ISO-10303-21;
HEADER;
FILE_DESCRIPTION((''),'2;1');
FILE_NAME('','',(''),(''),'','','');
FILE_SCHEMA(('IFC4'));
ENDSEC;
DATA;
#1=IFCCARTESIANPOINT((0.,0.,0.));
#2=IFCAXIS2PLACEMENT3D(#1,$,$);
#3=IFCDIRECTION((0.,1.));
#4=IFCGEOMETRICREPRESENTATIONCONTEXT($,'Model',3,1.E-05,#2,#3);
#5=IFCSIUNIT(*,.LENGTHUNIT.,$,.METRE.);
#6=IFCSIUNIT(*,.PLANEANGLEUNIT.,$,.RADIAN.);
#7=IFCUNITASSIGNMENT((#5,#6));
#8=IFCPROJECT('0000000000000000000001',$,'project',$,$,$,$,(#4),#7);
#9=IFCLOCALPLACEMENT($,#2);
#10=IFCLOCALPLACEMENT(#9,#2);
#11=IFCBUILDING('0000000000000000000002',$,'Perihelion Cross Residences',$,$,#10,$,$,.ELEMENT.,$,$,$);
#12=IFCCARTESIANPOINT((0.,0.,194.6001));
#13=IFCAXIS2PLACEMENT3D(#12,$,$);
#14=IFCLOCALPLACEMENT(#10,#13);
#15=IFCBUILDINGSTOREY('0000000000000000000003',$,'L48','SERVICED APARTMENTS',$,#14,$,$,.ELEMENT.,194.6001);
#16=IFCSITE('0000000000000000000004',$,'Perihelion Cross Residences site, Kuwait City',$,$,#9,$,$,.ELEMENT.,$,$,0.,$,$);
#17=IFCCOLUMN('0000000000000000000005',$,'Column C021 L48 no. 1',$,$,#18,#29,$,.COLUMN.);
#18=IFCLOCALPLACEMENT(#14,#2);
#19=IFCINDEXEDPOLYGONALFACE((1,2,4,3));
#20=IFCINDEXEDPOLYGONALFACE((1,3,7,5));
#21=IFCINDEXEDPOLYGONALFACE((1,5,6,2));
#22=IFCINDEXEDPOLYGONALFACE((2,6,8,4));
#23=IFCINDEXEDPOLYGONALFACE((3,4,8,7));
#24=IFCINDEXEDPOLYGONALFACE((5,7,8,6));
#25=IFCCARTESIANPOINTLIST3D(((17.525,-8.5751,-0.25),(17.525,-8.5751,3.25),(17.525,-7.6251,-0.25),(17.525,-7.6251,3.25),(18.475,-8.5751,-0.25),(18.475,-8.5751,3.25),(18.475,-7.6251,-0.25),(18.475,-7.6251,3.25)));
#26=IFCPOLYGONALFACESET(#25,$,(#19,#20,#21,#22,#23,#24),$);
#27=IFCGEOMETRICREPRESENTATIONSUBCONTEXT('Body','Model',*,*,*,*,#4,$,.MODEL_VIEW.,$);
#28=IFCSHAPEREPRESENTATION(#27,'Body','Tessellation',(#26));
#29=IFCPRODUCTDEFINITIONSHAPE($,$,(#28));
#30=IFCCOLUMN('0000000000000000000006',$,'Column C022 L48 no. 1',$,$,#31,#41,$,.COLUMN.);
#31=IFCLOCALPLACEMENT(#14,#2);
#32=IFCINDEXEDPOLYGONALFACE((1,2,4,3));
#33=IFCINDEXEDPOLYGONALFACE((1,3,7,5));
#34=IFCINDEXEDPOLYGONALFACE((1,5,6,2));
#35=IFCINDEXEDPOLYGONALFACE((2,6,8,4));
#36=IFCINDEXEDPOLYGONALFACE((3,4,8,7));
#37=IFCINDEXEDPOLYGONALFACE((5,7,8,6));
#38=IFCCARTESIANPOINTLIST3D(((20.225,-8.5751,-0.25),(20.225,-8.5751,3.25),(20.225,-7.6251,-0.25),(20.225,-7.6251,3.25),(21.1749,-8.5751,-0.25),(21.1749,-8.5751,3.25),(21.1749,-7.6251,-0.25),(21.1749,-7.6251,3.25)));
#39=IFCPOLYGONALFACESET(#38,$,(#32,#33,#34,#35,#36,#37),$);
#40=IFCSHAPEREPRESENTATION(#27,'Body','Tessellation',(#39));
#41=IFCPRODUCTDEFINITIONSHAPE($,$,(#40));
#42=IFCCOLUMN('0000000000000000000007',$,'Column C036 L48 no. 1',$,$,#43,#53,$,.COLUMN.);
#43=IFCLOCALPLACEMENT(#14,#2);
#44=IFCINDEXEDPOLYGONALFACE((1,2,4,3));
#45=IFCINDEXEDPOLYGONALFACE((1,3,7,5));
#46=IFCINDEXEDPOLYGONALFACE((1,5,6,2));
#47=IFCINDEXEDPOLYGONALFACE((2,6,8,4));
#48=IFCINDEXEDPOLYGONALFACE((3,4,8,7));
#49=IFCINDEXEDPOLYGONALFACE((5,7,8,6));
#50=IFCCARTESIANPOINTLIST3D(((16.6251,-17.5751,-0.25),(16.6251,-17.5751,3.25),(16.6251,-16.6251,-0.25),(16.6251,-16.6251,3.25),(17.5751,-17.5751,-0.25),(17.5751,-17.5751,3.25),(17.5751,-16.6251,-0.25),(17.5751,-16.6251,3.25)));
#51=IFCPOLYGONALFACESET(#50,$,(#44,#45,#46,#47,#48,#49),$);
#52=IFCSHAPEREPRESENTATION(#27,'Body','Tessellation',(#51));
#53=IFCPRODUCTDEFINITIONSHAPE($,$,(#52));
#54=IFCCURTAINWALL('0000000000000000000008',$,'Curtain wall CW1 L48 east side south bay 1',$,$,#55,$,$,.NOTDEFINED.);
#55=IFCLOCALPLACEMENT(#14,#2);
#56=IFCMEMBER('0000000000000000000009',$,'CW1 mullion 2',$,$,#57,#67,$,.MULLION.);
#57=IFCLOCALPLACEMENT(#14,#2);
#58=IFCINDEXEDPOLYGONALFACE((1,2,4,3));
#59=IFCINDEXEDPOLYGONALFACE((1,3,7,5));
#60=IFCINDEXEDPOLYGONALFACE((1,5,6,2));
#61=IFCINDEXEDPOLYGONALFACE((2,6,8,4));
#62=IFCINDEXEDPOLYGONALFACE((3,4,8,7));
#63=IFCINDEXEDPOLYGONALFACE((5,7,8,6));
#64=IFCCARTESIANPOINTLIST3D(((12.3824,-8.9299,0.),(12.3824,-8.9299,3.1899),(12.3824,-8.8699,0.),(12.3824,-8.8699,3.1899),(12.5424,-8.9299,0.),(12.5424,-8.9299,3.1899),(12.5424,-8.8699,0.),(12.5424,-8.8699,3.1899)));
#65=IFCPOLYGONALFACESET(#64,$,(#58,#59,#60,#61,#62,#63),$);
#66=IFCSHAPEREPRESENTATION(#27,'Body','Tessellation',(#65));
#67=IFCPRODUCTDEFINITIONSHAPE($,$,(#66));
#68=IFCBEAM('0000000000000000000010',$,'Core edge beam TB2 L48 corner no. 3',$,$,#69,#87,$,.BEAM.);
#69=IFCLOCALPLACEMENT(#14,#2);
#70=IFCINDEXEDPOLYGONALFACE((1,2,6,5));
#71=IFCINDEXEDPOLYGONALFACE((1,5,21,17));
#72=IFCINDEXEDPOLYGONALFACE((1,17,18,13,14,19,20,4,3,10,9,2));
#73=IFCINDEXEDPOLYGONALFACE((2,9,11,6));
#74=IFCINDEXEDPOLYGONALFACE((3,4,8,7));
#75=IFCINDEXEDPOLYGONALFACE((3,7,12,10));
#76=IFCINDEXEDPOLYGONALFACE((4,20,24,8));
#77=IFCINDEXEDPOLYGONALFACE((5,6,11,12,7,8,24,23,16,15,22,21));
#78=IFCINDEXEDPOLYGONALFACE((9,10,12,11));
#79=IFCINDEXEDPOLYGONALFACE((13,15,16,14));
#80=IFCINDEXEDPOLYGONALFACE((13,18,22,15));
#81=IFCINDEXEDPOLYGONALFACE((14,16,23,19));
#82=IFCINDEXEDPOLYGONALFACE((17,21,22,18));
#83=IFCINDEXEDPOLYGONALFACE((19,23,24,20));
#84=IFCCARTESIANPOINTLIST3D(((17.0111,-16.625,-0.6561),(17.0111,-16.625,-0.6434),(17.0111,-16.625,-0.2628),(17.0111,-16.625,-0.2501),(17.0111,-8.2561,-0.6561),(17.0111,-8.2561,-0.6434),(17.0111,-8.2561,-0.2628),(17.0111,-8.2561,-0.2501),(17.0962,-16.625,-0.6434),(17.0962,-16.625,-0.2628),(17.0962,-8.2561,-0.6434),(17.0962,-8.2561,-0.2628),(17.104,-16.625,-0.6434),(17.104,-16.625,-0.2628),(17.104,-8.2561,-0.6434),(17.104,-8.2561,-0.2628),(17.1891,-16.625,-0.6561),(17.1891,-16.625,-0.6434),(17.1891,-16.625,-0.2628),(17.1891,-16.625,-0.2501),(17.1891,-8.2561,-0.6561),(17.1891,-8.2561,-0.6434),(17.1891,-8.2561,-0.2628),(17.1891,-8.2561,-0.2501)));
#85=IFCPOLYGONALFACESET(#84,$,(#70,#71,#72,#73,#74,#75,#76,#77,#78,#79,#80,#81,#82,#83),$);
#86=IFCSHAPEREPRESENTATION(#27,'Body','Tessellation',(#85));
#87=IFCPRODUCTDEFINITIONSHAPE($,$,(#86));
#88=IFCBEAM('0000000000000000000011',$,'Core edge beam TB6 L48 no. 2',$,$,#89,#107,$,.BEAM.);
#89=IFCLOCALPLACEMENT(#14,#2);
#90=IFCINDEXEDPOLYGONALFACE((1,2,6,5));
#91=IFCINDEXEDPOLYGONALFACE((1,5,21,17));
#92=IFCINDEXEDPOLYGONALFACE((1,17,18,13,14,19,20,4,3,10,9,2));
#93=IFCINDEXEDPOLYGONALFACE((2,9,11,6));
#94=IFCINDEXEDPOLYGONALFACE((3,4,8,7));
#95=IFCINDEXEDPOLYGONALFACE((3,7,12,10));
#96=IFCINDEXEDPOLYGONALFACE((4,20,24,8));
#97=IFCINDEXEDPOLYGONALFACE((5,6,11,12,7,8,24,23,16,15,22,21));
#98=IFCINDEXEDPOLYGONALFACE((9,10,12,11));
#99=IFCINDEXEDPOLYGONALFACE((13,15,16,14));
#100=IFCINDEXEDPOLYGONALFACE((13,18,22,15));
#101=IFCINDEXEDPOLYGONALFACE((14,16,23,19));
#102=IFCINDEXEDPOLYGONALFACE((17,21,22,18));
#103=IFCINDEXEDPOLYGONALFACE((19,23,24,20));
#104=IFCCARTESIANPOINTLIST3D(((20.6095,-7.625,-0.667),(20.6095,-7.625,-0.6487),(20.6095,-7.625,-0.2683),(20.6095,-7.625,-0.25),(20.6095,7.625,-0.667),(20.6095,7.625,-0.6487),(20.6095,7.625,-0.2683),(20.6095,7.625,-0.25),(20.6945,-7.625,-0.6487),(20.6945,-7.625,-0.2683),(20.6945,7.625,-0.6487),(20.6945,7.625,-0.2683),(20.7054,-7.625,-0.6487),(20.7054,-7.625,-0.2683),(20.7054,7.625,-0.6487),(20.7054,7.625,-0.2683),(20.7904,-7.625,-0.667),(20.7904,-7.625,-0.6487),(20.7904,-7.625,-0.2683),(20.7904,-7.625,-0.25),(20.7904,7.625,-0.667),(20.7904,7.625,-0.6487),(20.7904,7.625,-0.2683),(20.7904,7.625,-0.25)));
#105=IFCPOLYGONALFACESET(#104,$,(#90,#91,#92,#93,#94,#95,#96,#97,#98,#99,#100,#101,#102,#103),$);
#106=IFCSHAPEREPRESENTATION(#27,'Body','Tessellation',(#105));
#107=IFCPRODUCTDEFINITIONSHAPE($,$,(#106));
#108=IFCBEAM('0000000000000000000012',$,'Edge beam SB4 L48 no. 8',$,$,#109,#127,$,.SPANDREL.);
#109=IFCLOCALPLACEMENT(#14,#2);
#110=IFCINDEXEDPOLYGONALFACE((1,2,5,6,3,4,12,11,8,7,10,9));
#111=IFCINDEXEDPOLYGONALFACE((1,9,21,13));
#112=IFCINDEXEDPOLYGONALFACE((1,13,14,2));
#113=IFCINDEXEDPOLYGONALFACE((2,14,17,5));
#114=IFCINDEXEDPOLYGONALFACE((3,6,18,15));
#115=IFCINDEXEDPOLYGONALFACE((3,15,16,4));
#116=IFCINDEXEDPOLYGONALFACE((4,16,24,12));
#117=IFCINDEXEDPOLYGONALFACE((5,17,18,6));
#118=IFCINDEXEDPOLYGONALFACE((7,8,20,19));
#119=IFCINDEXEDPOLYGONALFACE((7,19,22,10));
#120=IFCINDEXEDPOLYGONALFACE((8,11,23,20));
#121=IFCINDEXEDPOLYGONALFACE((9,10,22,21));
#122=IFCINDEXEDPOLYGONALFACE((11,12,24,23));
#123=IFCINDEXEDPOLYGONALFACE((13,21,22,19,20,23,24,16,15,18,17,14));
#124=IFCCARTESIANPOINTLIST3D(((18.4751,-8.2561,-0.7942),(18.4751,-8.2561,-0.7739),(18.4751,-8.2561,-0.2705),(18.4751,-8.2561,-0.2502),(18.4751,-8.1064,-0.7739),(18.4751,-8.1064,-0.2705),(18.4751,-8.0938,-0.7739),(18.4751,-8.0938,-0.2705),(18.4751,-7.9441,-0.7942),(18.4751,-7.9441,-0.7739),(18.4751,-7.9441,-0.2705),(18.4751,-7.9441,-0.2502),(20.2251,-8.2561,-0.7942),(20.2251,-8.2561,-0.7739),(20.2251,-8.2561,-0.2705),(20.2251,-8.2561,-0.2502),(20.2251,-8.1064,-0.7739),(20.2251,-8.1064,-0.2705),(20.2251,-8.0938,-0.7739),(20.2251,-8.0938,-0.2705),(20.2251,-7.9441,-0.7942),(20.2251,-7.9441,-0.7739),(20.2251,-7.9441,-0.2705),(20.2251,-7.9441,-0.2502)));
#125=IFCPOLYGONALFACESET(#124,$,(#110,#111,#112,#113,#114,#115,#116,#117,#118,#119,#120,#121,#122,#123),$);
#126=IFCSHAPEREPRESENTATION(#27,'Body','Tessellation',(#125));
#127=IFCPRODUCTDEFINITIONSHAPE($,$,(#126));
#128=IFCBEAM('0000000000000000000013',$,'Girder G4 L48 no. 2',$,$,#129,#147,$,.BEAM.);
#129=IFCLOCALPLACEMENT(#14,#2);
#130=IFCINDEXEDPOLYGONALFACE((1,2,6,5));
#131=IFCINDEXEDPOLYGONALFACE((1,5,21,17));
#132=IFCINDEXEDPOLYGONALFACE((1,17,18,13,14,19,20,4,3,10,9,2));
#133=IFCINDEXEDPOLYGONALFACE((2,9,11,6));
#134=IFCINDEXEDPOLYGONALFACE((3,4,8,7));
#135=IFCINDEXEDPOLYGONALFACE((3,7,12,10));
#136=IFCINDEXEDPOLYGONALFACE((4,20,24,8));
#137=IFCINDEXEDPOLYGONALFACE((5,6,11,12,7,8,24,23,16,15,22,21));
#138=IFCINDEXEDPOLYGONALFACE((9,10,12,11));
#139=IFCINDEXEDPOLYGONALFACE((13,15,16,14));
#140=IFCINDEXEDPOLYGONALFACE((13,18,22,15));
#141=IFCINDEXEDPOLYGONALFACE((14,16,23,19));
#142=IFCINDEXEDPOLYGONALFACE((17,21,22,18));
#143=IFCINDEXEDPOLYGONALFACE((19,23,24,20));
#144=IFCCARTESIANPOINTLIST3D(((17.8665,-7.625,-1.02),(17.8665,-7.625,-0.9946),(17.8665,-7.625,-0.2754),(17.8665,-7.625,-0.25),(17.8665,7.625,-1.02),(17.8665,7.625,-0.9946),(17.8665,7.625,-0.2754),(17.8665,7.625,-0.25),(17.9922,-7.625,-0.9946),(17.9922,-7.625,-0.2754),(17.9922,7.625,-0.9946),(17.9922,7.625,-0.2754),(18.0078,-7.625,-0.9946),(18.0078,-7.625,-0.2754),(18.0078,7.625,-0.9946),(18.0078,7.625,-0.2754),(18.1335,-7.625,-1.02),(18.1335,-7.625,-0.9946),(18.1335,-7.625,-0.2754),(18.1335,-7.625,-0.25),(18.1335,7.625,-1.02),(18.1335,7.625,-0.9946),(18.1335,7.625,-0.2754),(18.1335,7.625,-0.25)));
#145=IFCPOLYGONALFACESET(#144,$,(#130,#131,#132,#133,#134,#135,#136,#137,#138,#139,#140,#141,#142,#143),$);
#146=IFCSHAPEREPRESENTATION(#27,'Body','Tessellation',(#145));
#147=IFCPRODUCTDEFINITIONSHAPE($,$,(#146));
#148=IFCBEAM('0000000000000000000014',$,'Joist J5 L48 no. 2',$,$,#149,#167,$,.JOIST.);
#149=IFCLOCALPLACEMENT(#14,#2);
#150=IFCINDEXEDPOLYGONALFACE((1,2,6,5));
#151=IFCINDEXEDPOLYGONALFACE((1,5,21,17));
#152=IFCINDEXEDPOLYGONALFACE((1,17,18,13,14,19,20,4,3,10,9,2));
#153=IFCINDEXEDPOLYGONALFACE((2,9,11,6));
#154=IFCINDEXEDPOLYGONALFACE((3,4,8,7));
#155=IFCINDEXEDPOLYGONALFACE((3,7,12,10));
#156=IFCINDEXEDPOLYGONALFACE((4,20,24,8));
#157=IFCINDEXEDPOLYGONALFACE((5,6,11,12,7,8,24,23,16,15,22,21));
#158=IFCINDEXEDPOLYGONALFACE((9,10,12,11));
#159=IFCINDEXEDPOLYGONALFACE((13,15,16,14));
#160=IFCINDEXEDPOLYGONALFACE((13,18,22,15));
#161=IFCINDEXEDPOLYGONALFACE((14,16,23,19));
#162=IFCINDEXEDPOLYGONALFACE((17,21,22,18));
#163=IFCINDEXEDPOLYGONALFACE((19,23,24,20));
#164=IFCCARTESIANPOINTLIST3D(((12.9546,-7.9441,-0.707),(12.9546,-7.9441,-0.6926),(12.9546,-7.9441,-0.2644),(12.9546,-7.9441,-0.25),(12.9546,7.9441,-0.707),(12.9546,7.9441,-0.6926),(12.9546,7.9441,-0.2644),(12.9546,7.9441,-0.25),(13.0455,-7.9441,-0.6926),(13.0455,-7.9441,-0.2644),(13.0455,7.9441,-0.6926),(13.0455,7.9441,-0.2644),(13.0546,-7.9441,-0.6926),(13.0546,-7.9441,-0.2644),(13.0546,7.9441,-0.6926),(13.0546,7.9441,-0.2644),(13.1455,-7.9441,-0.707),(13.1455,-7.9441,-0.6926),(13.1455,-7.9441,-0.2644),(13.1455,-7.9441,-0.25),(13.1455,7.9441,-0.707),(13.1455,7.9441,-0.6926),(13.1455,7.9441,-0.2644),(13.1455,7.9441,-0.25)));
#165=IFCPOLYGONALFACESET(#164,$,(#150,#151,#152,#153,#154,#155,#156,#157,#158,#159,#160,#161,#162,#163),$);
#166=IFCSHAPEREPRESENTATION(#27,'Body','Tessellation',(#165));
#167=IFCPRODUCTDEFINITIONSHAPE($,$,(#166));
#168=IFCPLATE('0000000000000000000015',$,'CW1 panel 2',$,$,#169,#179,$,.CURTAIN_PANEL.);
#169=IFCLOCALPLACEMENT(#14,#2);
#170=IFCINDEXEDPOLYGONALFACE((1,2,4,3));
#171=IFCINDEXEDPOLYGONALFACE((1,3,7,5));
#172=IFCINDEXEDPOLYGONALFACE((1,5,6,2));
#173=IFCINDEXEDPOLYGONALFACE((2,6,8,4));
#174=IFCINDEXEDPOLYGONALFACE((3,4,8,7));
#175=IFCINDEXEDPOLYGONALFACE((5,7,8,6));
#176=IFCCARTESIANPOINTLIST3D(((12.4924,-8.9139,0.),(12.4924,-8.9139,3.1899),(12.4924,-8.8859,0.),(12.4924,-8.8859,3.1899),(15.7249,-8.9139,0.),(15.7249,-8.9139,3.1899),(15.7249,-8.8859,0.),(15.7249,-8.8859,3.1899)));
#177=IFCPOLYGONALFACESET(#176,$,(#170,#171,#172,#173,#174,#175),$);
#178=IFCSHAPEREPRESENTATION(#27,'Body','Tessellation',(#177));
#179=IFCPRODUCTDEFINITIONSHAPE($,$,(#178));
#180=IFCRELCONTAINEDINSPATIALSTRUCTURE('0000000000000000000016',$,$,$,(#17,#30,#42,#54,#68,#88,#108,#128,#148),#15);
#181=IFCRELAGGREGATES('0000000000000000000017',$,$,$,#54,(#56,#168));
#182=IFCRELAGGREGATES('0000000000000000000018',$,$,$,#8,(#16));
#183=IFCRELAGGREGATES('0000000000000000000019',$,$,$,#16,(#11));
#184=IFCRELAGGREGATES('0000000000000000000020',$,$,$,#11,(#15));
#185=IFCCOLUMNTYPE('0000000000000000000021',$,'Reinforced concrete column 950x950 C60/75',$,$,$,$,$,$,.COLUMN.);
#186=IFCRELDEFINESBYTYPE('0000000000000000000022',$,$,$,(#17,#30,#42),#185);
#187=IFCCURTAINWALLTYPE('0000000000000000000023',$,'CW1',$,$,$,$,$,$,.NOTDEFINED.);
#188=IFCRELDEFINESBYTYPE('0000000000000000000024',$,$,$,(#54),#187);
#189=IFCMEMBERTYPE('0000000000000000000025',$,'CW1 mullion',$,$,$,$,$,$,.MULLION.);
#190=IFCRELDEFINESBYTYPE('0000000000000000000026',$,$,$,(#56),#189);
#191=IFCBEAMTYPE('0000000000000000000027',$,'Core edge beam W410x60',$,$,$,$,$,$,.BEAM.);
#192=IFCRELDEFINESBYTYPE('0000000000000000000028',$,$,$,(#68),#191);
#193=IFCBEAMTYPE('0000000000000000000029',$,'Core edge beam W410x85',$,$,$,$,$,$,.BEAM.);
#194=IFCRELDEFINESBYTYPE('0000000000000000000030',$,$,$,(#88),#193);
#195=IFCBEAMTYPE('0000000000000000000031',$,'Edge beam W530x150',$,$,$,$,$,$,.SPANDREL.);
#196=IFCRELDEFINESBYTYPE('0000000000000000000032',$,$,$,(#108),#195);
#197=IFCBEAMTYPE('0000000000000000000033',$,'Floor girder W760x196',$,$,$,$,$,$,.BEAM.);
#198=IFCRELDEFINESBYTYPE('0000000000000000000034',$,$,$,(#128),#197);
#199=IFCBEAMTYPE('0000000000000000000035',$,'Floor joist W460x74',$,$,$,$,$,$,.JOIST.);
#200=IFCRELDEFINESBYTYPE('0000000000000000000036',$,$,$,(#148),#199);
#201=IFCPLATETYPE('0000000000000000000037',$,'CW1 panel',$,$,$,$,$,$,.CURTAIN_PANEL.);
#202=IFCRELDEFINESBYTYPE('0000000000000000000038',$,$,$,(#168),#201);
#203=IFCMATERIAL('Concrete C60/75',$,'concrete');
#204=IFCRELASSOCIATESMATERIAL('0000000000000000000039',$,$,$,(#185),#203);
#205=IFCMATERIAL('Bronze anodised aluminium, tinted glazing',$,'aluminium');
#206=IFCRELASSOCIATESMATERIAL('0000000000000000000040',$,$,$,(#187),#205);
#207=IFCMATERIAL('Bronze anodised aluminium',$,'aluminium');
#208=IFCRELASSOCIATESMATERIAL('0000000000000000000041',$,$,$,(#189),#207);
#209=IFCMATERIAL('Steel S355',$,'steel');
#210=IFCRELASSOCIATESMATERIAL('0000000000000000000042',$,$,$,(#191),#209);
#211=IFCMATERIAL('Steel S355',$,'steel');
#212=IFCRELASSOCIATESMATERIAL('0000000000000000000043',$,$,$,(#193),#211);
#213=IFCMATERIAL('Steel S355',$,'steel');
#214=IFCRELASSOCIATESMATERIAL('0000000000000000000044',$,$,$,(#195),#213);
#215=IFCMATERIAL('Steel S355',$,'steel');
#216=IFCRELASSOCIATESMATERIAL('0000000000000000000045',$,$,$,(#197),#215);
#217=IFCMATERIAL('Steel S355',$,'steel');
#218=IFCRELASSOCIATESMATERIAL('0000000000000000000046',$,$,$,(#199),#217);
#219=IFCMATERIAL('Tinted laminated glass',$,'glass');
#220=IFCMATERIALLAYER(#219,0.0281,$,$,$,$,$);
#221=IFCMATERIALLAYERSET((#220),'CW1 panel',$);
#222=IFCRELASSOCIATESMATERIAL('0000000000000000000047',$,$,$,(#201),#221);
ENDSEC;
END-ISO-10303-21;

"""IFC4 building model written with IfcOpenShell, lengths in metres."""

from ifc_helpers import new_model, si_unit, direction, frame, origin, origin_2d, place, context, subcontext, project, spatial, rectangle, i_section, extrude, material, layer, layer_set, material_profile, profile_set, type_object, element, aggregate, save


model = new_model("IFC4")

# Units and contexts
model_context = context("Model", 3, precision=1e-05, world=origin(), true_north=direction((0.0, 1.0)))
body_context = subcontext(model_context, "Body", "Model", "MODEL_VIEW")
ifc_project = project(units=[si_unit("LENGTHUNIT", "METRE"), si_unit("PLANEANGLEUNIT", "RADIAN")], contexts=[model_context])

# Site, building, storey
site_placement = place(None, origin())
site = spatial("IfcSite", under=ifc_project, at=site_placement, Name="Perihelion Cross Residences site, Kuwait City", CompositionType="ELEMENT", RefElevation=0.0)
building_placement = place(site_placement, origin())
building = spatial("IfcBuilding", under=site, at=building_placement, Name="Perihelion Cross Residences", CompositionType="ELEMENT")
storey_placement = place(building_placement, frame((0.0, 0.0, 194.6001)))
storey = spatial("IfcBuildingStorey", under=building, at=storey_placement, Name="L48", Description="SERVICED APARTMENTS", CompositionType="ELEMENT", Elevation=194.6001)

# Columns
ifc_material_1 = material(Name="Concrete C60/75", Category="concrete")
ifc_material_profile_1 = material_profile(ifc_material_1, rectangle(XDim=0.95, YDim=0.95, at=origin_2d()), Name="RC 950x950")
ifc_profile_set_1 = profile_set([ifc_material_profile_1], Name="Concrete C60/75")
column_type = type_object("IfcColumnType", Name="Reinforced concrete column 950x950 C60/75", PredefinedType="COLUMN", material=ifc_profile_set_1)
for number, where, z_axis, x_axis, name in (
    (1, (18.0, -8.1001, -0.25), (0.0, 0.0, 1.0), (1.0, 0.0, 0.0), "Column C021 L48 no. 1"),
    (2, (20.7, -8.1001, -0.25), (0.0, 0.0, 1.0), (1.0, 0.0, 0.0), "Column C022 L48 no. 1"),
    (3, (17.1001, -17.1001, -0.25), (0.0, 0.0, 1.0), (1.0, 0.0, 0.0), "Column C036 L48 no. 1"),
):
    element("IfcColumn", number, at=place(storey_placement, frame(where, z_axis=z_axis, x_axis=x_axis)), inside=storey, type_object=column_type, Name=name, PredefinedType="COLUMN", context=body_context, shape_type="SweptSolid", body=[
        extrude(rectangle(XDim=0.95, YDim=0.95, at=origin_2d()), origin(), (0.0, 0.0, 1.0), 3.5),
    ])

# Curtain wall, member
ifc_material_2 = material(Name="Bronze anodised aluminium, tinted glazing", Category="aluminium")
curtain_wall_type = type_object("IfcCurtainWallType", Name="CW1", PredefinedType="NOTDEFINED", material=ifc_material_2)
curtain_wall_placement = place(storey_placement, origin())
curtain_wall = element("IfcCurtainWall", 4, at=curtain_wall_placement, inside=storey, type_object=curtain_wall_type, Name="Curtain wall CW1 L48 east side south bay 1", PredefinedType="NOTDEFINED")
ifc_material_3 = material(Name="Bronze anodised aluminium", Category="aluminium")
ifc_material_profile_2 = material_profile(ifc_material_3, rectangle(XDim=0.0601, YDim=0.1599, at=origin_2d()), Name="CW1 mullion")
ifc_profile_set_2 = profile_set([ifc_material_profile_2], Name="Bronze anodised aluminium")
member_type = type_object("IfcMemberType", Name="CW1 mullion", PredefinedType="MULLION", material=ifc_profile_set_2)
member_placement = place(storey_placement, frame((12.4624, -8.8999, 0.0), z_axis=(0.0, 0.0, 1.0), x_axis=(0.0, 1.0, 0.0)))
member = element("IfcMember", 5, at=member_placement, type_object=member_type, Name="CW1 mullion 2", PredefinedType="MULLION", context=body_context, shape_type="SweptSolid", body=[
    extrude(rectangle(XDim=0.0601, YDim=0.1599, at=origin_2d()), origin(), (0.0, 0.0, 1.0), 3.1899),
])

# Beams
ifc_material_4 = material(Name="Steel S355", Category="steel")
ifc_material_profile_3 = material_profile(ifc_material_4, i_section(OverallWidth=0.178, OverallDepth=0.406, WebThickness=0.0078, FlangeThickness=0.0127, at=origin_2d()), Name="W410x60")
ifc_profile_set_3 = profile_set([ifc_material_profile_3], Name="Steel S355")
beam_type_1 = type_object("IfcBeamType", Name="Core edge beam W410x60", PredefinedType="BEAM", material=ifc_profile_set_3)
beam_1_placement = place(storey_placement, frame((17.1001, -8.2561, -0.4531), z_axis=(0.0, -1.0, 0.0), x_axis=(1.0, 0.0, 0.0)))
element("IfcBeam", 6, at=beam_1_placement, inside=storey, type_object=beam_type_1, Name="Core edge beam TB2 L48 corner no. 3", PredefinedType="BEAM", context=body_context, shape_type="SweptSolid", body=[
    extrude(i_section(OverallWidth=0.178, OverallDepth=0.406, WebThickness=0.0078, FlangeThickness=0.0127, at=origin_2d()), origin(), (0.0, 0.0, 1.0), 8.3689),
])
ifc_material_5 = material(Name="Steel S355", Category="steel")
ifc_material_profile_4 = material_profile(ifc_material_5, i_section(OverallWidth=0.1809, OverallDepth=0.417, WebThickness=0.011, FlangeThickness=0.0183, at=origin_2d()), Name="W410x85")
ifc_profile_set_4 = profile_set([ifc_material_profile_4], Name="Steel S355")
beam_type_2 = type_object("IfcBeamType", Name="Core edge beam W410x85", PredefinedType="BEAM", material=ifc_profile_set_4)
beam_2_placement = place(storey_placement, frame((20.7, -7.625, -0.4585), z_axis=(0.0, 1.0, 0.0), x_axis=(-1.0, 0.0, 0.0)))
element("IfcBeam", 7, at=beam_2_placement, inside=storey, type_object=beam_type_2, Name="Core edge beam TB6 L48 no. 2", PredefinedType="BEAM", context=body_context, shape_type="SweptSolid", body=[
    extrude(i_section(OverallWidth=0.1809, OverallDepth=0.417, WebThickness=0.011, FlangeThickness=0.0183, at=origin_2d()), origin(), (0.0, 0.0, 1.0), 15.25),
])
ifc_material_6 = material(Name="Steel S355", Category="steel")
ifc_material_profile_5 = material_profile(ifc_material_6, i_section(OverallWidth=0.312, OverallDepth=0.5439, WebThickness=0.0127, FlangeThickness=0.0203, at=origin_2d()), Name="W530x150")
ifc_profile_set_5 = profile_set([ifc_material_profile_5], Name="Steel S355")
beam_type_3 = type_object("IfcBeamType", Name="Edge beam W530x150", PredefinedType="SPANDREL", material=ifc_profile_set_5)
beam_3_placement = place(storey_placement, frame((18.4751, -8.1001, -0.5222), z_axis=(1.0, 0.0, 0.0), x_axis=(0.0, 1.0, 0.0)))
element("IfcBeam", 8, at=beam_3_placement, inside=storey, type_object=beam_type_3, Name="Edge beam SB4 L48 no. 8", PredefinedType="SPANDREL", context=body_context, shape_type="SweptSolid", body=[
    extrude(i_section(OverallWidth=0.312, OverallDepth=0.5439, WebThickness=0.0127, FlangeThickness=0.0203, at=origin_2d()), origin(), (0.0, 0.0, 1.0), 1.75),
])
ifc_material_7 = material(Name="Steel S355", Category="steel")
ifc_material_profile_6 = material_profile(ifc_material_7, i_section(OverallWidth=0.2671, OverallDepth=0.77, WebThickness=0.0156, FlangeThickness=0.0254, at=origin_2d()), Name="W760x196")
ifc_profile_set_6 = profile_set([ifc_material_profile_6], Name="Steel S355")
beam_type_4 = type_object("IfcBeamType", Name="Floor girder W760x196", PredefinedType="BEAM", material=ifc_profile_set_6)
beam_4_placement = place(storey_placement, frame((18.0, -7.625, -0.635), z_axis=(0.0, 1.0, 0.0), x_axis=(-1.0, 0.0, 0.0)))
element("IfcBeam", 9, at=beam_4_placement, inside=storey, type_object=beam_type_4, Name="Girder G4 L48 no. 2", PredefinedType="BEAM", context=body_context, shape_type="SweptSolid", body=[
    extrude(i_section(OverallWidth=0.2671, OverallDepth=0.77, WebThickness=0.0156, FlangeThickness=0.0254, at=origin_2d()), origin(), (0.0, 0.0, 1.0), 15.25),
])
ifc_material_8 = material(Name="Steel S355", Category="steel")
ifc_material_profile_7 = material_profile(ifc_material_8, i_section(OverallWidth=0.1909, OverallDepth=0.457, WebThickness=0.009, FlangeThickness=0.0144, at=origin_2d()), Name="W460x74")
ifc_profile_set_7 = profile_set([ifc_material_profile_7], Name="Steel S355")
beam_type_5 = type_object("IfcBeamType", Name="Floor joist W460x74", PredefinedType="JOIST", material=ifc_profile_set_7)
beam_5_placement = place(storey_placement, frame((13.05, -7.9441, -0.4785), z_axis=(0.0, 1.0, 0.0), x_axis=(-1.0, 0.0, 0.0)))
element("IfcBeam", 10, at=beam_5_placement, inside=storey, type_object=beam_type_5, Name="Joist J5 L48 no. 2", PredefinedType="JOIST", context=body_context, shape_type="SweptSolid", body=[
    extrude(i_section(OverallWidth=0.1909, OverallDepth=0.457, WebThickness=0.009, FlangeThickness=0.0144, at=origin_2d()), origin(), (0.0, 0.0, 1.0), 15.8882),
])

# Plate
ifc_material_9 = material(Name="Tinted laminated glass", Category="glass")
ifc_layer_1 = layer(ifc_material_9, 0.0281)
ifc_layer_set_1 = layer_set([ifc_layer_1], Name="CW1 panel")
plate_type = type_object("IfcPlateType", Name="CW1 panel", PredefinedType="CURTAIN_PANEL", material=ifc_layer_set_1)
plate_placement = place(storey_placement, frame((14.1086, -8.8999, 0.0), z_axis=(0.0, 0.0, 1.0), x_axis=(1.0, 0.0, 0.0)))
plate = element("IfcPlate", 11, at=plate_placement, type_object=plate_type, Name="CW1 panel 2", PredefinedType="CURTAIN_PANEL", context=body_context, shape_type="SweptSolid", body=[
    extrude(rectangle(XDim=3.2324, YDim=0.0281, at=origin_2d()), origin(), (0.0, 0.0, 1.0), 3.1899),
])
aggregate(curtain_wall, [member, plate])

save(model, "model.ifc")
